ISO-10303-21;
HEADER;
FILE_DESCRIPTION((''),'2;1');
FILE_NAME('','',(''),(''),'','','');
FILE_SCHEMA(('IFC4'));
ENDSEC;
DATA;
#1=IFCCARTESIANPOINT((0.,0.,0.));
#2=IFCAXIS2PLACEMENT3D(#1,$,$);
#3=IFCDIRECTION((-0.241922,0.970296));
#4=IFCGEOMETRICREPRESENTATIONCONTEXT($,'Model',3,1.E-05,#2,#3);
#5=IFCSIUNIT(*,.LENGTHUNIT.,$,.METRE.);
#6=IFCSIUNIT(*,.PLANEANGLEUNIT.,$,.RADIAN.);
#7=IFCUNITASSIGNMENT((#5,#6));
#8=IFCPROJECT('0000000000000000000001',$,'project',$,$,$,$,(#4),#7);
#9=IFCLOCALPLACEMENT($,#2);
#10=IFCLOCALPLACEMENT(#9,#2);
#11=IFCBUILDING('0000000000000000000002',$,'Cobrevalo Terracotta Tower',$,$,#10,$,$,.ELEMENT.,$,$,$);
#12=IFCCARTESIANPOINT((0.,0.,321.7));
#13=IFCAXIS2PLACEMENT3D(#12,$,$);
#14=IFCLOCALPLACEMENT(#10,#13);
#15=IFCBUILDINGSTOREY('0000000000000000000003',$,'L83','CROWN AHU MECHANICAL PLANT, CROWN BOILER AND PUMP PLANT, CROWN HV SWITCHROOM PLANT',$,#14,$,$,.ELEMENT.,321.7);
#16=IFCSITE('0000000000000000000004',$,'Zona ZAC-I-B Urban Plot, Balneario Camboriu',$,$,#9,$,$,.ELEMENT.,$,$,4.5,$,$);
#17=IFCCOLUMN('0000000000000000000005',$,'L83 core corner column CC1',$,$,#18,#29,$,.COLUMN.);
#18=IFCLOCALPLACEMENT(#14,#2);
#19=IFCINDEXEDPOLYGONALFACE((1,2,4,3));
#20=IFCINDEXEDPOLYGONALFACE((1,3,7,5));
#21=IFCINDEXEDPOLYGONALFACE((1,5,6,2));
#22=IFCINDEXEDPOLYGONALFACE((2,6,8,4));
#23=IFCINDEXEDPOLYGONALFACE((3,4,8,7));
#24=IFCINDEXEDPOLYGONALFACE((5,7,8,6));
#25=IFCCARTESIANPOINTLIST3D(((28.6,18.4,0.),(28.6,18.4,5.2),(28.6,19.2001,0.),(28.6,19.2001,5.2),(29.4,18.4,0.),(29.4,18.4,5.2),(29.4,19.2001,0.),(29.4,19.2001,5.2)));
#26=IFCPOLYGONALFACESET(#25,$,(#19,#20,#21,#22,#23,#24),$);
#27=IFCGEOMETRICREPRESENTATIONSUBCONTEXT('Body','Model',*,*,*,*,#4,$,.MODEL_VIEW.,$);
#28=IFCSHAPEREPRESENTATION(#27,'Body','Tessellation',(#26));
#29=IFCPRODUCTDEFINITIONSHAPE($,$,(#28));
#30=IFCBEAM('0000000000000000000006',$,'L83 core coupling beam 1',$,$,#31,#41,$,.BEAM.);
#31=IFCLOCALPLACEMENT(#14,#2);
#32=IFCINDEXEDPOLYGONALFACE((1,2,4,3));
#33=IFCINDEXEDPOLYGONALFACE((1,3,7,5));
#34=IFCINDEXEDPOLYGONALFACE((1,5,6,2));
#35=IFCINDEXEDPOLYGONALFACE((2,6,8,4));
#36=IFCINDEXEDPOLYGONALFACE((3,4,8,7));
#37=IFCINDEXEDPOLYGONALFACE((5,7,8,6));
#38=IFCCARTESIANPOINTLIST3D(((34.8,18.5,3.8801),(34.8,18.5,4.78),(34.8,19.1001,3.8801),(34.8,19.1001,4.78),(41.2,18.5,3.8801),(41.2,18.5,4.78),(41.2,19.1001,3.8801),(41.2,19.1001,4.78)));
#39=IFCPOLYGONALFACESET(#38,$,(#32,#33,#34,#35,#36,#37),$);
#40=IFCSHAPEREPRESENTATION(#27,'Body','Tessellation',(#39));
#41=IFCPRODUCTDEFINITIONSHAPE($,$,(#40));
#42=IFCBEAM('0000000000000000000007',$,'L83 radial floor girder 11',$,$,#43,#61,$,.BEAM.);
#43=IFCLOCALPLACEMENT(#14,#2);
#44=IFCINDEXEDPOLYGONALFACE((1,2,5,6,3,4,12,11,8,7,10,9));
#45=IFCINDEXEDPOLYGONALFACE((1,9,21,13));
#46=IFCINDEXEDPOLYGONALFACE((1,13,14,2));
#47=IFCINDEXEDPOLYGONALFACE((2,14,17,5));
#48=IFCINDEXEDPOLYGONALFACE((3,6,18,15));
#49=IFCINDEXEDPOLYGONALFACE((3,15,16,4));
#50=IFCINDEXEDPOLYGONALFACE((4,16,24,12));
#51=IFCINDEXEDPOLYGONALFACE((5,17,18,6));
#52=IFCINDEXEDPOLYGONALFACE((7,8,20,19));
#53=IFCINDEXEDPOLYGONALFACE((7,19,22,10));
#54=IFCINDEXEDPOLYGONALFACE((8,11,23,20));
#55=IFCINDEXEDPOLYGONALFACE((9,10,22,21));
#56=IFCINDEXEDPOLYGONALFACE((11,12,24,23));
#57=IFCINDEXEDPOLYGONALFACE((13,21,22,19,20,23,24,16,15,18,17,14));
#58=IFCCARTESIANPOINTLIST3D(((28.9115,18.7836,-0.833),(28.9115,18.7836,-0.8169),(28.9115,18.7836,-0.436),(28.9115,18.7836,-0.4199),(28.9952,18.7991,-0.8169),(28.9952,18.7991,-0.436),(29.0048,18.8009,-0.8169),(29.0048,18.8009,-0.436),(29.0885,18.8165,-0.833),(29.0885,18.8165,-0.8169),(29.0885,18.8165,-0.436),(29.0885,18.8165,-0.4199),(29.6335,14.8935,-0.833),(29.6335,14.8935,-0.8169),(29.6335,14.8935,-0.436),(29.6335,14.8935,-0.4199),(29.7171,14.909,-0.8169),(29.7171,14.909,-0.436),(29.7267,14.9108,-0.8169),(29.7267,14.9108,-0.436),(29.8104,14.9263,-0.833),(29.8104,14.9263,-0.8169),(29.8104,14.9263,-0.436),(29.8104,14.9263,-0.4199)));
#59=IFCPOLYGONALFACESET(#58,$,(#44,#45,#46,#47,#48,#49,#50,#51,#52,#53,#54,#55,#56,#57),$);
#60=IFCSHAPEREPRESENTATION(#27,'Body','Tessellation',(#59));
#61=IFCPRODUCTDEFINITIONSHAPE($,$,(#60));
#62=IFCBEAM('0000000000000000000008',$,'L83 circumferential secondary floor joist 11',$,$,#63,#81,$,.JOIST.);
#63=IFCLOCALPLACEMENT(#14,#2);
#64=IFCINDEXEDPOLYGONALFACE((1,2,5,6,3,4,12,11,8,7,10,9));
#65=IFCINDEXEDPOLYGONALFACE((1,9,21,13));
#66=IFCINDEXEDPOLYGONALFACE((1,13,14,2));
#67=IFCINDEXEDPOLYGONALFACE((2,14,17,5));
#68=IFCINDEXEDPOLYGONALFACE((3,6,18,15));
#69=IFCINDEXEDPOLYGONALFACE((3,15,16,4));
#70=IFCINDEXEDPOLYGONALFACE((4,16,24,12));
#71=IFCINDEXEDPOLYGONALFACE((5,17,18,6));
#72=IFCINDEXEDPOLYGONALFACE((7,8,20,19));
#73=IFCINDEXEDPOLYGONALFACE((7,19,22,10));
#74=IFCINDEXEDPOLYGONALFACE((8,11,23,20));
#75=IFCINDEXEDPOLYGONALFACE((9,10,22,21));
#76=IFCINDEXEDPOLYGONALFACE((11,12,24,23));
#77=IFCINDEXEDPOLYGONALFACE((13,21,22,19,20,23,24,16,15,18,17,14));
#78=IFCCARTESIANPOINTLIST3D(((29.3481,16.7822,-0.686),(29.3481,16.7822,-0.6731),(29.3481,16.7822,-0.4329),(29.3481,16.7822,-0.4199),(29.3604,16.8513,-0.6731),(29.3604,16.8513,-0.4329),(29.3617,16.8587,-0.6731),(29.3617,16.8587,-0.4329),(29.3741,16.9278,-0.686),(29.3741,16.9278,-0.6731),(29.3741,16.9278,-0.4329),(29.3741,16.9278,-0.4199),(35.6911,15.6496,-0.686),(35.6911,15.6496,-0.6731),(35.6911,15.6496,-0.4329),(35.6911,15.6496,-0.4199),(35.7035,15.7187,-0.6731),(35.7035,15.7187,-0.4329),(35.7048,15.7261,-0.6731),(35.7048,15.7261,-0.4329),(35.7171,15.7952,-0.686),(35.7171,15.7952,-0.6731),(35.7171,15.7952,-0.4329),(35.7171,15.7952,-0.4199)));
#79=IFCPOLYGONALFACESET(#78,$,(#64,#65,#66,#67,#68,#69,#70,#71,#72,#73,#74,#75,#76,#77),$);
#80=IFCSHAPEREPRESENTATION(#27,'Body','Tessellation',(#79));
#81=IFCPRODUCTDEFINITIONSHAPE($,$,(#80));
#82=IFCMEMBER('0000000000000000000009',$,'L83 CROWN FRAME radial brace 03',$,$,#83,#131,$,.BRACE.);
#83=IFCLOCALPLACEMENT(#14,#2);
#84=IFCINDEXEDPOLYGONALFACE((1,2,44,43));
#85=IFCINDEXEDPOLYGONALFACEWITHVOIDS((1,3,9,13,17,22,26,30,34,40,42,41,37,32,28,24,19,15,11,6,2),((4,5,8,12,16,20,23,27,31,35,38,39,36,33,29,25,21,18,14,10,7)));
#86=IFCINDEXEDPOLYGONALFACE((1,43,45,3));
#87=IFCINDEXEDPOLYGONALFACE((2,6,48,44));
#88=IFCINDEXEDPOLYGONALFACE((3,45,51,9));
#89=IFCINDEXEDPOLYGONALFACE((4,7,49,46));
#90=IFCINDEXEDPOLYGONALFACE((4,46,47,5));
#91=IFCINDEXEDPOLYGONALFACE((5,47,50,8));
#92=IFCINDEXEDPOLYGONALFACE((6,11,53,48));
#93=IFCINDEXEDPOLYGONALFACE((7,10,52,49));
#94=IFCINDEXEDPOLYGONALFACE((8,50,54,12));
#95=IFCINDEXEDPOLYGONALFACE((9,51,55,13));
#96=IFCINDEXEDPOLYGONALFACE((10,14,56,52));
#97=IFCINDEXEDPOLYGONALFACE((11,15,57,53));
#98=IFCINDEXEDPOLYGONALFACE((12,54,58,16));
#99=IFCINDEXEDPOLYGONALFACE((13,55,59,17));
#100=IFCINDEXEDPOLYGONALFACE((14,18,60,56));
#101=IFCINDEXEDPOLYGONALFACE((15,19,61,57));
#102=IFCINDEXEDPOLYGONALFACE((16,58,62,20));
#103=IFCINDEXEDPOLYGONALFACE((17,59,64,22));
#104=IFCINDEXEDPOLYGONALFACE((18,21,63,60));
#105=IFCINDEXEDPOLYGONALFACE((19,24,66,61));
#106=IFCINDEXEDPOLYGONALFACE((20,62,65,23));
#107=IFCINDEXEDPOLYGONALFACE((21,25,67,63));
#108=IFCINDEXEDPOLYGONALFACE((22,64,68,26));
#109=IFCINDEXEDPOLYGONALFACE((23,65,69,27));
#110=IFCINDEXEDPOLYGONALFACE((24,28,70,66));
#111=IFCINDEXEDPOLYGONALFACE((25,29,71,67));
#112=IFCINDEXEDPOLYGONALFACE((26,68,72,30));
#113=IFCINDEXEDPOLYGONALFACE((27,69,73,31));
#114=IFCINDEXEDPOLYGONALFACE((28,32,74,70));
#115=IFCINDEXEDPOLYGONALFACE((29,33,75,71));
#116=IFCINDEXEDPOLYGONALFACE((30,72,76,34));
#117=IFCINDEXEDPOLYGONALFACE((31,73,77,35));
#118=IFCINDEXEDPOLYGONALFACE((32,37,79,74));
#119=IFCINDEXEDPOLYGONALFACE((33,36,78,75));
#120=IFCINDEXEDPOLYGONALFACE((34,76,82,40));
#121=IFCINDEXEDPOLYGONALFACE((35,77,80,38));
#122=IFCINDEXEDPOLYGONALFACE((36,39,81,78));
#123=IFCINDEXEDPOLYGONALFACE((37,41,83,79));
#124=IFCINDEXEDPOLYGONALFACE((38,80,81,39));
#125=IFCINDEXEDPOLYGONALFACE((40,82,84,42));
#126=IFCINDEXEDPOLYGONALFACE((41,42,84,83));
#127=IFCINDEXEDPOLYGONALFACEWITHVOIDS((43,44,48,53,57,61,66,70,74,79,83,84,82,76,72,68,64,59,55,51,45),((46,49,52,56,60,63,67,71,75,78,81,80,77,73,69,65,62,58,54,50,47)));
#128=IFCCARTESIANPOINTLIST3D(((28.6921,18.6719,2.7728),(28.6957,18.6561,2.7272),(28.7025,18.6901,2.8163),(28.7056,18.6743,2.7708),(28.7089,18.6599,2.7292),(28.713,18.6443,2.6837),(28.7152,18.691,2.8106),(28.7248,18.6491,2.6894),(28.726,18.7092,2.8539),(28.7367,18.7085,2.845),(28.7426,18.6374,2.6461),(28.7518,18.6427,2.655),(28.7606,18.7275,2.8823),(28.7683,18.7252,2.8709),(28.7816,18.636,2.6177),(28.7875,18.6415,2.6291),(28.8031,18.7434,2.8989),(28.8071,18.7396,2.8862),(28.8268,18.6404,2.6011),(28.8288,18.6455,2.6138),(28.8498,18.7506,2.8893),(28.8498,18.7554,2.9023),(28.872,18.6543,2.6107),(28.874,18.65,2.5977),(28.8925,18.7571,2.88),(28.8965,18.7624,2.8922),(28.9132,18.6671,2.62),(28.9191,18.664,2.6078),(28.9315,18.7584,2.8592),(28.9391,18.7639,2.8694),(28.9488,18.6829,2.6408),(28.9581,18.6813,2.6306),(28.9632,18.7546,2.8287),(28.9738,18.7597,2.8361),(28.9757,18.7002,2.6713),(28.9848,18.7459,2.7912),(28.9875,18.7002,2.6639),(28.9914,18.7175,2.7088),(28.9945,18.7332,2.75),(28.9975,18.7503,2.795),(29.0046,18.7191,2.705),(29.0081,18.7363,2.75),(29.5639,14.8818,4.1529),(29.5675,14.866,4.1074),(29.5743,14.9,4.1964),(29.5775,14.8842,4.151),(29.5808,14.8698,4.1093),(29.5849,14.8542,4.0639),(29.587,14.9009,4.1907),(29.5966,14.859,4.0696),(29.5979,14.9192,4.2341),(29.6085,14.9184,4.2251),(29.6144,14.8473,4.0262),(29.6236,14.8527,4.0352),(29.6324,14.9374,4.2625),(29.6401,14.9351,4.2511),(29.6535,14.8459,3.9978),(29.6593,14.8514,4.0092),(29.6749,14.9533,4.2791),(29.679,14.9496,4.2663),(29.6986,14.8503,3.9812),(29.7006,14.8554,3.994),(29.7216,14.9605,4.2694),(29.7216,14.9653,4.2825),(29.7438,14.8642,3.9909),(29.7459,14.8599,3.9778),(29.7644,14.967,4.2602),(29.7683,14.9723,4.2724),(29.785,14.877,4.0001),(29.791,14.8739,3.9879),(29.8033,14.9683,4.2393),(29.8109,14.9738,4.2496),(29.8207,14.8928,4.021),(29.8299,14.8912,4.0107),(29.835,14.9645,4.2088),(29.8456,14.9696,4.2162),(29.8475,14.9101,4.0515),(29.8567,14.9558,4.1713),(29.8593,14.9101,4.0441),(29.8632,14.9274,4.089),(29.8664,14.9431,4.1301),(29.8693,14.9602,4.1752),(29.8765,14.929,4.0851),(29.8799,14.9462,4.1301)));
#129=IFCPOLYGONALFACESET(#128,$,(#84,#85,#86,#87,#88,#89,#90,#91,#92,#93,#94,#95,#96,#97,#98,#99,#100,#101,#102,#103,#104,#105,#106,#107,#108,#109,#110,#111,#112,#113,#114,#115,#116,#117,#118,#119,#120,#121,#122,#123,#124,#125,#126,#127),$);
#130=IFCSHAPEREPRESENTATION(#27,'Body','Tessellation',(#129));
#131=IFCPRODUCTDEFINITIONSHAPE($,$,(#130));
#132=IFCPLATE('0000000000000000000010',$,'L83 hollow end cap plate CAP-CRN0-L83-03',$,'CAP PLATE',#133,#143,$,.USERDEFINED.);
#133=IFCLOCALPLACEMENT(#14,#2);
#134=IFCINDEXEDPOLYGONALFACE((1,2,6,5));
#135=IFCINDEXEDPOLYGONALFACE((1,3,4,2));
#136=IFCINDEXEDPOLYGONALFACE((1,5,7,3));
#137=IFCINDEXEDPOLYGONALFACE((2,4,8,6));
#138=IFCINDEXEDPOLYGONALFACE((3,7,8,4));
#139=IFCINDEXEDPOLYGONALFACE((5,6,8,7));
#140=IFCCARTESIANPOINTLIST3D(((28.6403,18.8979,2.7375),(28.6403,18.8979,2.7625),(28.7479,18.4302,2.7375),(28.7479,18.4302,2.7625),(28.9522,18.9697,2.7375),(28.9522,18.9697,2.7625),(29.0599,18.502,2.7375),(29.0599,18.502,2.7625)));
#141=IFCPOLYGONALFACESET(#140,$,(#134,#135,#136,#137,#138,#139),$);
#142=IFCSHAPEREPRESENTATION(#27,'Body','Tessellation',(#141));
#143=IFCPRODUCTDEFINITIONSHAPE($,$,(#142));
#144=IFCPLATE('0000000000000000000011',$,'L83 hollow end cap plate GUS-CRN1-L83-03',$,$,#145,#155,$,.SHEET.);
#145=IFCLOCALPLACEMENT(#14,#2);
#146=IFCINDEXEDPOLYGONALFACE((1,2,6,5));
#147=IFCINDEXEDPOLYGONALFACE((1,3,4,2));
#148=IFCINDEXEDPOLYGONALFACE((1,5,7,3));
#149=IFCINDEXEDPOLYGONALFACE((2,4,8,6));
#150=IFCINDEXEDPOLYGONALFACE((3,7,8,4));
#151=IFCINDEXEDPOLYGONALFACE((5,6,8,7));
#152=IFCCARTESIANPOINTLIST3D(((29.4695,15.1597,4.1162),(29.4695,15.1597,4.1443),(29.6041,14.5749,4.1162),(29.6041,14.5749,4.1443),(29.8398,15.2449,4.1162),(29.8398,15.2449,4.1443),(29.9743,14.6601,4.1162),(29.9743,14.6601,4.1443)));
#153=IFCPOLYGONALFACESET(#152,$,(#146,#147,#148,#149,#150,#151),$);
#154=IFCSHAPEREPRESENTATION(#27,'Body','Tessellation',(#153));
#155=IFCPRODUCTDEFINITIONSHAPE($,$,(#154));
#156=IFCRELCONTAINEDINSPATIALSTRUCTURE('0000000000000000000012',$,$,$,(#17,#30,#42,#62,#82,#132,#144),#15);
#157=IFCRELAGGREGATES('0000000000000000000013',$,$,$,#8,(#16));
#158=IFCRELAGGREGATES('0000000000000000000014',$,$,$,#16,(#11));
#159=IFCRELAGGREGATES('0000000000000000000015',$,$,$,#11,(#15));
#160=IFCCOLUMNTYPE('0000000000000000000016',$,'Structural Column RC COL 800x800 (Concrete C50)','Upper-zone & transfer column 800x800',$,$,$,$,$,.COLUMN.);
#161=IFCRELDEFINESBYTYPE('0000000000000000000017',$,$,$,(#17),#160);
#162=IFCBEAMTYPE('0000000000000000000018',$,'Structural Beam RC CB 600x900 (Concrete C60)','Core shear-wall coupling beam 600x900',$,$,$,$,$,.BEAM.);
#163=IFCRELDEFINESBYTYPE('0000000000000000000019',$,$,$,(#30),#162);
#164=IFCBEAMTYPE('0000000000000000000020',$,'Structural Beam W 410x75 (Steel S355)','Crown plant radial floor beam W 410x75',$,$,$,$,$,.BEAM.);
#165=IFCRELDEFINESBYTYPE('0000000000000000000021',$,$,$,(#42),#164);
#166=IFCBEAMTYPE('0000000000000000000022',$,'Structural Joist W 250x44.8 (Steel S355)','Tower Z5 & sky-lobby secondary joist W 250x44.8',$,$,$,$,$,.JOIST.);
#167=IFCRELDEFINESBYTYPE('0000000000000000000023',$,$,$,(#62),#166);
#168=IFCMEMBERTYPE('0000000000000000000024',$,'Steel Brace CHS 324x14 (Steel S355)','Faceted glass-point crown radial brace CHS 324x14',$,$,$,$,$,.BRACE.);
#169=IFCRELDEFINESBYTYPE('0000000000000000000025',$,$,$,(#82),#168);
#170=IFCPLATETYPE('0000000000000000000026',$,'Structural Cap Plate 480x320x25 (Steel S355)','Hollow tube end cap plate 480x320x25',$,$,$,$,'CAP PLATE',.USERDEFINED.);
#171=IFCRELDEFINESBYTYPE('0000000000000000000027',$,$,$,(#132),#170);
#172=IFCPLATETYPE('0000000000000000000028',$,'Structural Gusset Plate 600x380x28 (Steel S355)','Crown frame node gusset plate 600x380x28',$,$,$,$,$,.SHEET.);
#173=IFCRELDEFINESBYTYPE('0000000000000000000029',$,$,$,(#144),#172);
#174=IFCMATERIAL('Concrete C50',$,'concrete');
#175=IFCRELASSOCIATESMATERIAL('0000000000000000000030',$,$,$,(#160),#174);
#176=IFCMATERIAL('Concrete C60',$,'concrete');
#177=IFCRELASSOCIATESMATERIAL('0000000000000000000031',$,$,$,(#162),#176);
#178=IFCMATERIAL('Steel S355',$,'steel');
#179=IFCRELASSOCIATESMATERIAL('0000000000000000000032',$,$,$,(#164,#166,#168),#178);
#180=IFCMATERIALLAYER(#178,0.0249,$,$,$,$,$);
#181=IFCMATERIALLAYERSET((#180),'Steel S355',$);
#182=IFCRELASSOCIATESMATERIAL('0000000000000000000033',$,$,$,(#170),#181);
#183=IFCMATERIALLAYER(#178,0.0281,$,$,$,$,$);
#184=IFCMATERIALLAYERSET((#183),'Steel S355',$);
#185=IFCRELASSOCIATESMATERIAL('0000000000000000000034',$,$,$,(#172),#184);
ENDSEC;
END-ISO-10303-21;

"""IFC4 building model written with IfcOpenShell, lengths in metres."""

from ifc_helpers import new_model, si_unit, direction, frame, origin, origin_2d, place, context, subcontext, project, spatial, rectangle, hollow_circle, i_section, extrude, source, transform, mapped, material, layer, layer_set, material_profile, profile_set, type_object, element, save


model = new_model("IFC4")

# Units and contexts
model_context = context("Model", 3, precision=1e-05, world=origin(), true_north=direction((-0.241922, 0.970296)))
body_context = subcontext(model_context, "Body", "Model", "MODEL_VIEW")
ifc_project = project(units=[si_unit("LENGTHUNIT", "METRE"), si_unit("PLANEANGLEUNIT", "RADIAN")], contexts=[model_context])

# Site, building, storey
site_placement = place(None, origin())
site = spatial("IfcSite", under=ifc_project, at=site_placement, Name="Zona ZAC-I-B Urban Plot, Balneario Camboriu", CompositionType="ELEMENT", RefElevation=4.5)
building_placement = place(site_placement, origin())
building = spatial("IfcBuilding", under=site, at=building_placement, Name="Cobrevalo Terracotta Tower", CompositionType="ELEMENT")
storey_placement = place(building_placement, frame((0.0, 0.0, 321.7)))
storey = spatial("IfcBuildingStorey", under=building, at=storey_placement, Name="L83", Description="CROWN AHU MECHANICAL PLANT, CROWN BOILER AND PUMP PLANT, CROWN HV SWITCHROOM PLANT", CompositionType="ELEMENT", Elevation=321.7)

# Column
ifc_material_1 = material(Name="Concrete C50", Category="concrete")
ifc_material_profile_1 = material_profile(ifc_material_1, rectangle(XDim=0.8, YDim=0.8, at=origin_2d()), Name="RC COL 800x800")
ifc_profile_set_1 = profile_set([ifc_material_profile_1], Name="Concrete C50")
column_type = type_object("IfcColumnType", Name="Structural Column RC COL 800x800 (Concrete C50)", Description="Upper-zone & transfer column 800x800", PredefinedType="COLUMN", material=ifc_profile_set_1)
column_placement = place(storey_placement, frame((29.0, 18.8, 0.0), z_axis=(0.0, 0.0, 1.0), x_axis=(1.0, 0.0, 0.0)))
element("IfcColumn", 1, at=column_placement, inside=storey, type_object=column_type, Name="L83 core corner column CC1", PredefinedType="COLUMN", context=body_context, shape_type="SweptSolid", body=[
    extrude(rectangle(XDim=0.8, YDim=0.8, at=origin_2d()), origin(), (0.0, 0.0, 1.0), 5.2),
])

# Beams
ifc_material_2 = material(Name="Concrete C60", Category="concrete")
ifc_material_profile_2 = material_profile(ifc_material_2, rectangle(XDim=0.6001, YDim=0.8999, at=origin_2d()), Name="RC CB 600x900")
ifc_profile_set_2 = profile_set([ifc_material_profile_2], Name="Concrete C60")
beam_type_1 = type_object("IfcBeamType", Name="Structural Beam RC CB 600x900 (Concrete C60)", Description="Core shear-wall coupling beam 600x900", PredefinedType="BEAM", material=ifc_profile_set_2)
beam_1_placement = place(storey_placement, frame((34.8, 18.8, 4.3301), z_axis=(1.0, 0.0, 0.0), x_axis=(0.0, 1.0, 0.0)))
element("IfcBeam", 2, at=beam_1_placement, inside=storey, type_object=beam_type_1, Name="L83 core coupling beam 1", PredefinedType="BEAM", context=body_context, shape_type="SweptSolid", body=[
    extrude(rectangle(XDim=0.6001, YDim=0.8999, at=origin_2d()), origin(), (0.0, 0.0, 1.0), 6.3999),
])
ifc_material_3 = material(Name="Steel S355", Category="steel")
ifc_material_profile_3 = material_profile(ifc_material_3, i_section(OverallWidth=0.1799, OverallDepth=0.4131, WebThickness=0.0098, FlangeThickness=0.0161, at=origin_2d()), Name="W 410x75")
ifc_profile_set_3 = profile_set([ifc_material_profile_3], Name="Steel S355")
beam_type_2 = type_object("IfcBeamType", Name="Structural Beam W 410x75 (Steel S355)", Description="Crown plant radial floor beam W 410x75", PredefinedType="BEAM", material=ifc_profile_set_3)
beam_2_placement = place(storey_placement, frame((29.7219, 14.9099, -0.6265), z_axis=(-0.182463, 0.983213, 0.0), x_axis=(-0.983213, -0.182463, 0.0)))
element("IfcBeam", 3, at=beam_2_placement, inside=storey, type_object=beam_type_2, Name="L83 radial floor girder 11", PredefinedType="BEAM", context=body_context, shape_type="SweptSolid", body=[
    extrude(i_section(OverallWidth=0.1799, OverallDepth=0.4131, WebThickness=0.0098, FlangeThickness=0.0161, at=origin_2d()), origin(), (0.0, 0.0, 1.0), 3.9565),
])
ifc_material_profile_4 = material_profile(ifc_material_3, i_section(OverallWidth=0.1479, OverallDepth=0.2661, WebThickness=0.0076, FlangeThickness=0.0129, at=origin_2d()), Name="W 250x44.8")
ifc_profile_set_4 = profile_set([ifc_material_profile_4], Name="Steel S355")
beam_type_3 = type_object("IfcBeamType", Name="Structural Joist W 250x44.8 (Steel S355)", Description="Tower Z5 & sky-lobby secondary joist W 250x44.8", PredefinedType="JOIST", material=ifc_profile_set_4)
beam_3_placement = place(storey_placement, frame((29.3611, 16.855, -0.553), z_axis=(0.984431, -0.175774, 0.0), x_axis=(0.175774, 0.984431, 0.0)))
element("IfcBeam", 4, at=beam_3_placement, inside=storey, type_object=beam_type_3, Name="L83 circumferential secondary floor joist 11", PredefinedType="JOIST", context=body_context, shape_type="SweptSolid", body=[
    extrude(i_section(OverallWidth=0.1479, OverallDepth=0.2661, WebThickness=0.0076, FlangeThickness=0.0129, at=origin_2d()), origin(), (0.0, 0.0, 1.0), 6.4434),
])

# Member
ifc_material_profile_5 = material_profile(ifc_material_3, hollow_circle(Radius=0.1621, WallThickness=0.0139, at=origin_2d()), Name="CHS 324x14")
ifc_profile_set_5 = profile_set([ifc_material_profile_5], Name="Steel S355")
member_type = type_object("IfcMemberType", Name="Steel Brace CHS 324x14 (Steel S355)", Description="Faceted glass-point crown radial brace CHS 324x14", PredefinedType="BRACE", material=ifc_profile_set_5)
shared_shape_1 = source(origin(), body_context, "Body", "SweptSolid", [
    extrude(hollow_circle(Radius=0.1621, WallThickness=0.0139, at=origin_2d()), origin(), (0.0, 0.0, 1.0), 4.1267),
])
member_placement = place(storey_placement, frame((28.8501, 18.7, 2.75), z_axis=(0.211267, -0.91843, 0.334443), x_axis=(0.974549, 0.224176, 0.0)))
element("IfcMember", 5, at=member_placement, inside=storey, type_object=member_type, Name="L83 CROWN FRAME radial brace 03", PredefinedType="BRACE", context=body_context, shape_type="MappedRepresentation", body=[
    mapped(shared_shape_1, transform((0.0, 0.0, 0.0), scale=1.0)),
])

# Plates
ifc_layer_1 = layer(ifc_material_3, 0.0249)
ifc_layer_set_1 = layer_set([ifc_layer_1], Name="Steel S355")
plate_type_1 = type_object("IfcPlateType", Name="Structural Cap Plate 480x320x25 (Steel S355)", Description="Hollow tube end cap plate 480x320x25", ElementType="CAP PLATE", PredefinedType="USERDEFINED", material=ifc_layer_set_1)
shared_shape_2 = source(origin(), body_context, "Body", "SweptSolid", [
    extrude(rectangle(XDim=0.48, YDim=0.3201, at=origin_2d()), origin(), (0.0, 0.0, 1.0), 0.0249),
])
plate_1_placement = place(storey_placement, frame((28.8501, 18.7, 2.7375), z_axis=(0.0, 0.0, 1.0), x_axis=(0.224221, -0.974538, 0.0)))
element("IfcPlate", 6, at=plate_1_placement, inside=storey, type_object=plate_type_1, Name="L83 hollow end cap plate CAP-CRN0-L83-03", ObjectType="CAP PLATE", PredefinedType="USERDEFINED", context=body_context, shape_type="MappedRepresentation", body=[
    mapped(shared_shape_2, transform((0.0, 0.0, 0.0), scale=1.0)),
])
ifc_layer_2 = layer(ifc_material_3, 0.0281)
ifc_layer_set_2 = layer_set([ifc_layer_2], Name="Steel S355")
plate_type_2 = type_object("IfcPlateType", Name="Structural Gusset Plate 600x380x28 (Steel S355)", Description="Crown frame node gusset plate 600x380x28", PredefinedType="SHEET", material=ifc_layer_set_2)
shared_shape_3 = source(origin(), body_context, "Body", "SweptSolid", [
    extrude(rectangle(XDim=0.6001, YDim=0.3799, at=origin_2d()), origin(), (0.0, 0.0, 1.0), 0.0281),
])
plate_2_placement = place(storey_placement, frame((29.7219, 14.9099, 4.1162), z_axis=(0.0, 0.0, 1.0), x_axis=(0.224221, -0.974538, 0.0)))
element("IfcPlate", 7, at=plate_2_placement, inside=storey, type_object=plate_type_2, Name="L83 hollow end cap plate GUS-CRN1-L83-03", PredefinedType="SHEET", context=body_context, shape_type="MappedRepresentation", body=[
    mapped(shared_shape_3, transform((0.0, 0.0, 0.0), scale=1.0)),
])

save(model, "model.ifc")
